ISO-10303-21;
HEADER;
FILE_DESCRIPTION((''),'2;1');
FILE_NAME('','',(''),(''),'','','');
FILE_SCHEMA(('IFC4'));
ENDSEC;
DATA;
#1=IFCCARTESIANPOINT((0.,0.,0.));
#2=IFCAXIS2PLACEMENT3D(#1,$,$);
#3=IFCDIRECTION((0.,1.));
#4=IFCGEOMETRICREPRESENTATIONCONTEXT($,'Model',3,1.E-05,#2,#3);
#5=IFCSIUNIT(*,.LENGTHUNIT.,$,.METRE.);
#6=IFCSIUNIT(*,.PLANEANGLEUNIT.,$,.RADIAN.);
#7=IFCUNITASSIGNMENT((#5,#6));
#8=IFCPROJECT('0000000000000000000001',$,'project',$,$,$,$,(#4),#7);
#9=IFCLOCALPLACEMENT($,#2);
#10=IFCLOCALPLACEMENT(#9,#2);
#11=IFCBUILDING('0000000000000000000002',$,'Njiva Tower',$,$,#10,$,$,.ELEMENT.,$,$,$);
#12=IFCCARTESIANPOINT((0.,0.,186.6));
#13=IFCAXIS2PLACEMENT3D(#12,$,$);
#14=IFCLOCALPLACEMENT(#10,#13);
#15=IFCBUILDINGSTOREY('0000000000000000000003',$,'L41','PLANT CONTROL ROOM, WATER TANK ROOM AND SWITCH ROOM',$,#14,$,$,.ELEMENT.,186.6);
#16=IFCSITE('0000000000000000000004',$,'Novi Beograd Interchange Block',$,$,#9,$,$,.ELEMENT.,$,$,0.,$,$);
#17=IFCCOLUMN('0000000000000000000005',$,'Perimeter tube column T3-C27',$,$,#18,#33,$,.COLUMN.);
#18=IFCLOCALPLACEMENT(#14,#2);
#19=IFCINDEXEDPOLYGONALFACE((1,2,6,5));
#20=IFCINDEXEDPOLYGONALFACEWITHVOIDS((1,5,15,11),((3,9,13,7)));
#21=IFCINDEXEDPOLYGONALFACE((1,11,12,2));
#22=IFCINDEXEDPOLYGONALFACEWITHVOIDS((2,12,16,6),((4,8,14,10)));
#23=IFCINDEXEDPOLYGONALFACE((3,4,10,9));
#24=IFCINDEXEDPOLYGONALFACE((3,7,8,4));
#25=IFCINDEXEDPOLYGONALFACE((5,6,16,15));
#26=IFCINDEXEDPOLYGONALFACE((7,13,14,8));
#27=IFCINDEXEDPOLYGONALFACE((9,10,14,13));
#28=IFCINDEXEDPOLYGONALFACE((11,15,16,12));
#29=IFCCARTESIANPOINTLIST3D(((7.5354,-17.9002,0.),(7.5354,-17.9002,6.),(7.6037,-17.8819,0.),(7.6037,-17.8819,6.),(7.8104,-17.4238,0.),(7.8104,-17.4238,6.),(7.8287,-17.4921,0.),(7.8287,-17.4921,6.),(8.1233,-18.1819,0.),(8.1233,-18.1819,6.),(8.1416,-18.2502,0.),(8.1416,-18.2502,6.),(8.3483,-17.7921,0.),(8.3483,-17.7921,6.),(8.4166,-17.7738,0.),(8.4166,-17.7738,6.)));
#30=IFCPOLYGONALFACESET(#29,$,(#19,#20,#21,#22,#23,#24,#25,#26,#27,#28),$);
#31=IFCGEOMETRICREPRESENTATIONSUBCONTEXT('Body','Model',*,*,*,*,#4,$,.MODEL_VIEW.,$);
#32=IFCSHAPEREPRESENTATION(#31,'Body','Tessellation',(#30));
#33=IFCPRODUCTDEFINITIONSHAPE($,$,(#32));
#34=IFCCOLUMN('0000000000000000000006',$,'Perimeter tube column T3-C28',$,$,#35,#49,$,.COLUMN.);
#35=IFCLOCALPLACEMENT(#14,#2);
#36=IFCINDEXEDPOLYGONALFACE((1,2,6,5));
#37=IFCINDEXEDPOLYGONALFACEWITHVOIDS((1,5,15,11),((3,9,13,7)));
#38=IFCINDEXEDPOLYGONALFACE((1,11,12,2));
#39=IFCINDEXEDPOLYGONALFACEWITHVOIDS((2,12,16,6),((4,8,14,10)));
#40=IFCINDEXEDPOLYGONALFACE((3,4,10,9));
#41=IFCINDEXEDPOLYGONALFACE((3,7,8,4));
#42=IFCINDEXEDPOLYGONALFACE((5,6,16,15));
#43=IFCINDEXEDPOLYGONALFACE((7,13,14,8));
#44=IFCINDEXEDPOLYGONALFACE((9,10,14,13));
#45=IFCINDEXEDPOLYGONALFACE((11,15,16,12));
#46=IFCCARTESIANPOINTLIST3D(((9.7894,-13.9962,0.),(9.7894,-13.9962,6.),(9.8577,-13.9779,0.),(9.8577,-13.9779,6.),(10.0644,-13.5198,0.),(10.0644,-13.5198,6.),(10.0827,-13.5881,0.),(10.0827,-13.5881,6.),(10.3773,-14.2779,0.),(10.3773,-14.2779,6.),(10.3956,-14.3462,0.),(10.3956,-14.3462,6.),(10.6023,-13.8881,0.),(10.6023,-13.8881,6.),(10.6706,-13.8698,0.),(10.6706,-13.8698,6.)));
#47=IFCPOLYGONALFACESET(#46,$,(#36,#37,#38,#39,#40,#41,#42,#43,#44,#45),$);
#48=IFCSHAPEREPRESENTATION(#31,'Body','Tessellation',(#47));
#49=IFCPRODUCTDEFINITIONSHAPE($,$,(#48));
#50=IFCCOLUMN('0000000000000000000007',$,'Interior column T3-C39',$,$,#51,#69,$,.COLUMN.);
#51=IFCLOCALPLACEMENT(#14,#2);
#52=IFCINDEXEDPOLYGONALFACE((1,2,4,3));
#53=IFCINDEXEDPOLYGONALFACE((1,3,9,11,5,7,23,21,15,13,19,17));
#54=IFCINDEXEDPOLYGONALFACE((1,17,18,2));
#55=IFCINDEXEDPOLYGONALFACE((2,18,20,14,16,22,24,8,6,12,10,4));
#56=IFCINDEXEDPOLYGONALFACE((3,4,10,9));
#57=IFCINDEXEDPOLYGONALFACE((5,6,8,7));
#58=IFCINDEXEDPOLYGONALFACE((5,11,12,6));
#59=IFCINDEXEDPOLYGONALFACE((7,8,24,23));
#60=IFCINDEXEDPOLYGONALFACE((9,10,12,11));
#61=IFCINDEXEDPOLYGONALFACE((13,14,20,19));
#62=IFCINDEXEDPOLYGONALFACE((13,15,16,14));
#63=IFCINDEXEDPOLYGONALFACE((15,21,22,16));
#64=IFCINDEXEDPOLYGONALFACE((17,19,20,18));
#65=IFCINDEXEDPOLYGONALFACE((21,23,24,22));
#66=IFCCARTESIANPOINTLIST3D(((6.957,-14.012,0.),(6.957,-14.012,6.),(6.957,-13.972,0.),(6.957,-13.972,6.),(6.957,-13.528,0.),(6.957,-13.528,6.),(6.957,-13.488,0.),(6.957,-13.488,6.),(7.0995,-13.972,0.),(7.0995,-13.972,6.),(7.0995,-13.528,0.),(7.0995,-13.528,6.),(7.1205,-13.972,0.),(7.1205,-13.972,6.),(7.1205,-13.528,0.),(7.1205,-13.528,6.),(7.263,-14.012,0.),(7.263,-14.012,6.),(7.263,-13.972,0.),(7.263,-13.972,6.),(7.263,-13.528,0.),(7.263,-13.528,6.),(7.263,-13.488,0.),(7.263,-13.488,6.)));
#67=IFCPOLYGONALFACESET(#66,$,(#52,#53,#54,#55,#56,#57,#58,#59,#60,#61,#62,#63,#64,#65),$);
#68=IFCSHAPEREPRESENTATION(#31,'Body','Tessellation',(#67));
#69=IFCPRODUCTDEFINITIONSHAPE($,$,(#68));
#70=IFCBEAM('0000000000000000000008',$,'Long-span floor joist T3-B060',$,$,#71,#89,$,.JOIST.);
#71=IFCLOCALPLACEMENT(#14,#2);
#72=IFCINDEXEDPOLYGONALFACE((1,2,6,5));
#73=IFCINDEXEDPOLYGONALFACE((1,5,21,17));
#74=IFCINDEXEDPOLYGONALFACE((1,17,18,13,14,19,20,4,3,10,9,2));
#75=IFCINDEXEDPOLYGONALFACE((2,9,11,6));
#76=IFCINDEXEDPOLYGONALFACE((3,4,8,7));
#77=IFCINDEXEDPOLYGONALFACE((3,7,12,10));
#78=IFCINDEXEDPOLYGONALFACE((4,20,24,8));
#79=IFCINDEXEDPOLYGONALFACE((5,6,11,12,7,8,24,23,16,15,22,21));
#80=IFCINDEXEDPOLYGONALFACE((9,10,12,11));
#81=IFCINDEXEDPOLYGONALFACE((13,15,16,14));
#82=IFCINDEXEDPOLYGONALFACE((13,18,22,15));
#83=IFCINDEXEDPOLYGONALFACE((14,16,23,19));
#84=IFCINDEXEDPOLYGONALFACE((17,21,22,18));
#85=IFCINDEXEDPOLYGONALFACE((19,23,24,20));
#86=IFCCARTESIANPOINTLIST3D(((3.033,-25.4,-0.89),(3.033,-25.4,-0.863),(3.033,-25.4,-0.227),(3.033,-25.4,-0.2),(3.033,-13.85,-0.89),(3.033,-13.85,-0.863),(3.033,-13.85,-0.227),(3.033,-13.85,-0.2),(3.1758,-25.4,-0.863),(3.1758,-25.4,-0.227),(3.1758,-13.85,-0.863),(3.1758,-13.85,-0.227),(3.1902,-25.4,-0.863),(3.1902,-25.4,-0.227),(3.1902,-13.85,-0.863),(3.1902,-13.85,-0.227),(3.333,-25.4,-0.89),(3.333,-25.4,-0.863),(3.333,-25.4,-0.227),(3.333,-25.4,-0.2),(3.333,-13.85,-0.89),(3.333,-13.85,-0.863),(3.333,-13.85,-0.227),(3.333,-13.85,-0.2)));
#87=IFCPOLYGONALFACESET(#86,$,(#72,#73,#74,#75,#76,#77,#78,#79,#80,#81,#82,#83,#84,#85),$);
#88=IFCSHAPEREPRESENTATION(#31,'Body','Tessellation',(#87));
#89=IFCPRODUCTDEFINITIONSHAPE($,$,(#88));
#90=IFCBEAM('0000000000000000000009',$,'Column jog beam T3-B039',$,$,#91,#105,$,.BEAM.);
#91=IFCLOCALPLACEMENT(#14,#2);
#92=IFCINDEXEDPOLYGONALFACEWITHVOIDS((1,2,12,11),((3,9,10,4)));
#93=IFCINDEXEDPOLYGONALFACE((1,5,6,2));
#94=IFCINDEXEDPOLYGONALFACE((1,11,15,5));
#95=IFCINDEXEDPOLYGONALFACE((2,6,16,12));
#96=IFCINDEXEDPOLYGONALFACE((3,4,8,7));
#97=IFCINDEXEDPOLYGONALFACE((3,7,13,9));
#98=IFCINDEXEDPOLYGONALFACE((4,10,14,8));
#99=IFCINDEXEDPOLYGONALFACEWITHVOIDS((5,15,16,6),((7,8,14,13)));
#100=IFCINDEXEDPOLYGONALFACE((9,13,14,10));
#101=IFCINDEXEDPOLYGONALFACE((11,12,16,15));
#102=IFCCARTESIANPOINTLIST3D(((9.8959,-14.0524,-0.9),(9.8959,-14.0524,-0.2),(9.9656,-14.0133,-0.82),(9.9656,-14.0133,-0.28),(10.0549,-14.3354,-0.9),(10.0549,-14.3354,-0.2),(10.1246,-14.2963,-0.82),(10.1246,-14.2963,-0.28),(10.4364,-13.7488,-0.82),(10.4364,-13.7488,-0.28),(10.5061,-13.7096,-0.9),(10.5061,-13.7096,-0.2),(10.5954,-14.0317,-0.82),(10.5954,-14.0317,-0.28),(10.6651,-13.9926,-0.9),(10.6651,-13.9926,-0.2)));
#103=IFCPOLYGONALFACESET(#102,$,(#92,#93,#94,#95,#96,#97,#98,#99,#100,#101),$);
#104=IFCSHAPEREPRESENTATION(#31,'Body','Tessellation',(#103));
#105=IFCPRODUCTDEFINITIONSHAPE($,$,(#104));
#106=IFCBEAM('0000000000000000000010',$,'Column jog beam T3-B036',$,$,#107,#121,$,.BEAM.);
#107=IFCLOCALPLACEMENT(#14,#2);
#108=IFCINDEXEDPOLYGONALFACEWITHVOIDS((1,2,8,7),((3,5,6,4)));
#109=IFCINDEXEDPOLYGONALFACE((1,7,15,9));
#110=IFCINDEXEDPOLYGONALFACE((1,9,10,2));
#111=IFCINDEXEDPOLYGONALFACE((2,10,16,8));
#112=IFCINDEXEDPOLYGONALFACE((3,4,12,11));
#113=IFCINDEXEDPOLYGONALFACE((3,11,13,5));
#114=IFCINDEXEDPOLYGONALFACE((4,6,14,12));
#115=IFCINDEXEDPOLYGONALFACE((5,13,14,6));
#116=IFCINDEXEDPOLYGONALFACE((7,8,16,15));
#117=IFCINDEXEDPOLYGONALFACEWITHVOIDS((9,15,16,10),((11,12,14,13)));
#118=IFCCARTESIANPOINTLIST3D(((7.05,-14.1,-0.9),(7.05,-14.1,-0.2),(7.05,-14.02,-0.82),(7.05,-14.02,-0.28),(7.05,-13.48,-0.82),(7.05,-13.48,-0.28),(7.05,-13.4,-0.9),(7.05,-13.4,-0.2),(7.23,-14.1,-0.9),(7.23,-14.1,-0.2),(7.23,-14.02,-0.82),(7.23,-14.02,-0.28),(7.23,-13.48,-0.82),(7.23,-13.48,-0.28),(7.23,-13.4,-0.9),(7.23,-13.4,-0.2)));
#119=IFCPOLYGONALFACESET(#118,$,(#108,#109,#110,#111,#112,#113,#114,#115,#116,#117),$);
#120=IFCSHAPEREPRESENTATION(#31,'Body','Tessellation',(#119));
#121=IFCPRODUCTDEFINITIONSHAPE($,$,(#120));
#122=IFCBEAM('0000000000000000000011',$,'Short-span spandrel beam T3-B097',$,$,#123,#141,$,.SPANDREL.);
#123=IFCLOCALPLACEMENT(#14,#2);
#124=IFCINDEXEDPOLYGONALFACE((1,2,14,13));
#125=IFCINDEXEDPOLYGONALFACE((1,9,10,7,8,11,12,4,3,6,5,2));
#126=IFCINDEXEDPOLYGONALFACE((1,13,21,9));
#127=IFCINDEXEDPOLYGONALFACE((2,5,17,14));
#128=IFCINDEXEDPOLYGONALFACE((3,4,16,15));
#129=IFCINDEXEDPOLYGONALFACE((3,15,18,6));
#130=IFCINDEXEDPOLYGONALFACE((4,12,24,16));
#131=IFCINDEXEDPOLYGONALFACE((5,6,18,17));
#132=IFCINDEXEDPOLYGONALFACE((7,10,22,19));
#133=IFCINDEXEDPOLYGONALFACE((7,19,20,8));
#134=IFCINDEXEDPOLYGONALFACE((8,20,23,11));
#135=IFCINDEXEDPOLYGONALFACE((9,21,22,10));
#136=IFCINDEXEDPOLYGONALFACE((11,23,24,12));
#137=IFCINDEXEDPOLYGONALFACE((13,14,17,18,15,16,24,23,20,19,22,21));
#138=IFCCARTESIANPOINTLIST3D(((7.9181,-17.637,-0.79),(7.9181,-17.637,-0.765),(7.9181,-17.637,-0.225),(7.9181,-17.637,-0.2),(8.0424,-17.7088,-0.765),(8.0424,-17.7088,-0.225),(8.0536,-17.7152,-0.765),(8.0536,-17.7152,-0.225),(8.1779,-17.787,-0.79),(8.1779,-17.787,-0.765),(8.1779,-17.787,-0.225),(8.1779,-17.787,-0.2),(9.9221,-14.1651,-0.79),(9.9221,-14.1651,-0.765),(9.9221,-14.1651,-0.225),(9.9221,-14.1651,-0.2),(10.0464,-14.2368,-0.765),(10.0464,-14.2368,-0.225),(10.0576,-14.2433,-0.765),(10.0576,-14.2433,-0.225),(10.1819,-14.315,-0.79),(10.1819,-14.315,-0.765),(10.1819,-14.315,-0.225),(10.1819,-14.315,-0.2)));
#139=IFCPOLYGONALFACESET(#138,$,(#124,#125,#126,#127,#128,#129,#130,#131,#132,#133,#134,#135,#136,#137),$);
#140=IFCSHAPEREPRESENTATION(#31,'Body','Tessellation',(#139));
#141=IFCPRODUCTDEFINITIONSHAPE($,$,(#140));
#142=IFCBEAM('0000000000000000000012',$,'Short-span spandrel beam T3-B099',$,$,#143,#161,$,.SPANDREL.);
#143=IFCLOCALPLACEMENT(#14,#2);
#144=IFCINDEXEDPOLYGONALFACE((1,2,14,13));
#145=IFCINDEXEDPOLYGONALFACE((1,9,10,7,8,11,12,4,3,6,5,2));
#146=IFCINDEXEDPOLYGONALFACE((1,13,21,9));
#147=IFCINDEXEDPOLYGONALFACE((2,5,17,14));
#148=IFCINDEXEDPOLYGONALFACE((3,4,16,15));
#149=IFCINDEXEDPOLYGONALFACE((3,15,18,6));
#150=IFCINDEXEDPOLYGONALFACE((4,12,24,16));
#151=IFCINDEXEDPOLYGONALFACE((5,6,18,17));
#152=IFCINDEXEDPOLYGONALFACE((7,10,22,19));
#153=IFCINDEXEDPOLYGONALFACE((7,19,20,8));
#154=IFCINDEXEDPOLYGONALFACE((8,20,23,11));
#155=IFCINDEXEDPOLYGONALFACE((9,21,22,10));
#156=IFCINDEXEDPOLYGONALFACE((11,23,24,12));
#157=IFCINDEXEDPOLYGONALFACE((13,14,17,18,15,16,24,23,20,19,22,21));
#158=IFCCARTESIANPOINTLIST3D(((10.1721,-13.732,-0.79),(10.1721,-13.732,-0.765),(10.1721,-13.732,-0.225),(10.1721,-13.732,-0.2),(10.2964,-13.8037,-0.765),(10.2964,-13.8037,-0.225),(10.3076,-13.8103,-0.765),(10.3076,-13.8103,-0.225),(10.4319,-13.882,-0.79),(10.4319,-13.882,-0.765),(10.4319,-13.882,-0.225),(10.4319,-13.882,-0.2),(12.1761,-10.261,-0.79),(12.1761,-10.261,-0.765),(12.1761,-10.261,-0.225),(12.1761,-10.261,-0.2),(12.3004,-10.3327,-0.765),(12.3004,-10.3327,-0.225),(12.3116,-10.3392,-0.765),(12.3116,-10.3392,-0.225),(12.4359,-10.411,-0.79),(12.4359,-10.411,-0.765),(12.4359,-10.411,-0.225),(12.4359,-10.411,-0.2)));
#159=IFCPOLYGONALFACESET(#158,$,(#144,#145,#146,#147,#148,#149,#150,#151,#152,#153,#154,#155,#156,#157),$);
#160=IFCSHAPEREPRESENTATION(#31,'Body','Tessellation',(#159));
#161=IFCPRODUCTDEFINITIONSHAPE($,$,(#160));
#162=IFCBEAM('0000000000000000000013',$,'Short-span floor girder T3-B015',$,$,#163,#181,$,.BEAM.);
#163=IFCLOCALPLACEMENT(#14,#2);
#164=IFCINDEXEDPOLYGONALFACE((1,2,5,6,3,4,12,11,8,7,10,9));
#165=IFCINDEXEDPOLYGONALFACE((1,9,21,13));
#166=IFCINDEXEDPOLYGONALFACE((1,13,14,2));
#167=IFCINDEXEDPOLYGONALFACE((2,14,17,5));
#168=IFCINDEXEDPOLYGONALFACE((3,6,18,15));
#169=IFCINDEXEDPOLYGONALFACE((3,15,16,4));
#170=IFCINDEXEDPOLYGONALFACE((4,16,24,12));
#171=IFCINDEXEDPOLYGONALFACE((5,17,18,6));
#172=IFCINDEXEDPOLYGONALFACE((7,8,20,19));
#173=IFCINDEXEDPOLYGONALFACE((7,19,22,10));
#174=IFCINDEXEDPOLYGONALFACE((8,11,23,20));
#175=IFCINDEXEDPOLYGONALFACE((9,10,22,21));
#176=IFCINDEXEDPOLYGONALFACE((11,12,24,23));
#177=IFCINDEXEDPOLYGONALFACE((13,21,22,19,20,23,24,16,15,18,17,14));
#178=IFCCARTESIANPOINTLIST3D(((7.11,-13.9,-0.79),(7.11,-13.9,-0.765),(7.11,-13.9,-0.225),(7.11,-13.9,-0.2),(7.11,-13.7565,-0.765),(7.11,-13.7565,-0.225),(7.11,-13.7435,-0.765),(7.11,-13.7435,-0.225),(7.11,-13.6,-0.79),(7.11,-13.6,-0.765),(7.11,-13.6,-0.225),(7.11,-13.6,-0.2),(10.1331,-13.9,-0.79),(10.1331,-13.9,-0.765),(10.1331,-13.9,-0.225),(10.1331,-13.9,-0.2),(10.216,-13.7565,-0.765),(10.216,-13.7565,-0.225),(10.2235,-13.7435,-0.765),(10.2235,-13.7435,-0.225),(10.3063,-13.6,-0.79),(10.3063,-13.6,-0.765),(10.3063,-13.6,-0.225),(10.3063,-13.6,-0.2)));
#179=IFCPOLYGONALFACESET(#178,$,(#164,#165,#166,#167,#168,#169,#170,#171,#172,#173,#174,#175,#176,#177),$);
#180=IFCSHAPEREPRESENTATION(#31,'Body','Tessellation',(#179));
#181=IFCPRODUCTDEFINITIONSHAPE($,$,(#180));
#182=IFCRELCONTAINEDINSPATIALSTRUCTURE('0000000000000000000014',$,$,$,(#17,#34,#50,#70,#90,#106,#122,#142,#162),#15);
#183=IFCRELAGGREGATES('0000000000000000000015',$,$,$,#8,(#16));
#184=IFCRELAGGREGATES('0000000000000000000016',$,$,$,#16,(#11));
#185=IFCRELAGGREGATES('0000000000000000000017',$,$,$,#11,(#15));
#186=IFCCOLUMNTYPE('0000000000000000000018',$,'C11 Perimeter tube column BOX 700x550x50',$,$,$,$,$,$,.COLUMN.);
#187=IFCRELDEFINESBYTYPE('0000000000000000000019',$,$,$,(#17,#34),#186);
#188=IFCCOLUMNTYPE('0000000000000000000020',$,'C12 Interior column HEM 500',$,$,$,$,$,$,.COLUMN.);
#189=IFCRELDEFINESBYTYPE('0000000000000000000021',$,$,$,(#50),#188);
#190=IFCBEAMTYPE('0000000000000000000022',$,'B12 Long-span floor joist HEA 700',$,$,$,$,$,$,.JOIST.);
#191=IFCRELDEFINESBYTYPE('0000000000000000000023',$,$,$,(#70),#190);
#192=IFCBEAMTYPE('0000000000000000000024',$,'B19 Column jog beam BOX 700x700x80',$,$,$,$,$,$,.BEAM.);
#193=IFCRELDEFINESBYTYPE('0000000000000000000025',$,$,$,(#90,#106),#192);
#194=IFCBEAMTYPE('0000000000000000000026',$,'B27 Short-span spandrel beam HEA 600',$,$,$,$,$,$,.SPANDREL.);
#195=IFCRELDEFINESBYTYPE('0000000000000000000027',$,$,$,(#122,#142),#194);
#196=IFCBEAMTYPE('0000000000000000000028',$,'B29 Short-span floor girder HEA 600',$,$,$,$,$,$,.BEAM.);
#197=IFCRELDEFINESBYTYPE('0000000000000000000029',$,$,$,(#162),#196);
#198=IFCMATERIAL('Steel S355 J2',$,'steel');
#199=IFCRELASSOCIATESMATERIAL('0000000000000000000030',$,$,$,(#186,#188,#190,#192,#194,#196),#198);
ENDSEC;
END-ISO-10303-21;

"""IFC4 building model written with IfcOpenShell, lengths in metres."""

from ifc_helpers import new_model, si_unit, direction, frame, origin, origin_2d, place, context, subcontext, project, spatial, hollow_rectangle, i_section, extrude, clip, halfspace, material, material_profile, profile_set, type_object, element, save


model = new_model("IFC4")

# Units and contexts
model_context = context("Model", 3, precision=1e-05, world=origin(), true_north=direction((0.0, 1.0)))
body_context = subcontext(model_context, "Body", "Model", "MODEL_VIEW")
ifc_project = project(units=[si_unit("LENGTHUNIT", "METRE"), si_unit("PLANEANGLEUNIT", "RADIAN")], contexts=[model_context])

# Site, building, storey
site_placement = place(None, origin())
site = spatial("IfcSite", under=ifc_project, at=site_placement, Name="Novi Beograd Interchange Block", CompositionType="ELEMENT", RefElevation=0.0)
building_placement = place(site_placement, origin())
building = spatial("IfcBuilding", under=site, at=building_placement, Name="Njiva Tower", CompositionType="ELEMENT")
storey_placement = place(building_placement, frame((0.0, 0.0, 186.6)))
storey = spatial("IfcBuildingStorey", under=building, at=storey_placement, Name="L41", Description="PLANT CONTROL ROOM, WATER TANK ROOM AND SWITCH ROOM", CompositionType="ELEMENT", Elevation=186.6)

# Columns
ifc_material_1 = material(Name="Steel S355 J2", Category="steel")
ifc_material_profile_1 = material_profile(ifc_material_1, hollow_rectangle(XDim=0.55, YDim=0.7, WallThickness=0.05, at=origin_2d()), Name="BOX 700x550x50")
ifc_profile_set_1 = profile_set([ifc_material_profile_1], Name="Steel S355 J2")
column_type_1 = type_object("IfcColumnType", Name="C11 Perimeter tube column BOX 700x550x50", PredefinedType="COLUMN", material=ifc_profile_set_1)
for number, where, z_axis, x_axis, name in (
    (1, (7.976, -17.837, 0.0), (0.0, 0.0, 1.0), (0.5, 0.866025, 0.0), "Perimeter tube column T3-C27"),
    (2, (10.23, -13.933, 0.0), (0.0, 0.0, 1.0), (0.5, 0.866025, 0.0), "Perimeter tube column T3-C28"),
):
    element("IfcColumn", number, at=place(storey_placement, frame(where, z_axis=z_axis, x_axis=x_axis)), inside=storey, type_object=column_type_1, Name=name, PredefinedType="COLUMN", context=body_context, shape_type="SweptSolid", body=[
        extrude(hollow_rectangle(XDim=0.55, YDim=0.7, WallThickness=0.05, at=origin_2d()), origin(), (0.0, 0.0, 1.0), 6.0),
    ])
ifc_material_profile_2 = material_profile(ifc_material_1, i_section(OverallWidth=0.306, OverallDepth=0.524, WebThickness=0.021, FlangeThickness=0.04, at=origin_2d()), Name="HEM 500")
ifc_profile_set_2 = profile_set([ifc_material_profile_2], Name="Steel S355 J2")
column_type_2 = type_object("IfcColumnType", Name="C12 Interior column HEM 500", PredefinedType="COLUMN", material=ifc_profile_set_2)
column_placement = place(storey_placement, frame((7.11, -13.75, 0.0), z_axis=(0.0, 0.0, 1.0), x_axis=(1.0, 0.0, 0.0)))
element("IfcColumn", 3, at=column_placement, inside=storey, type_object=column_type_2, Name="Interior column T3-C39", PredefinedType="COLUMN", context=body_context, shape_type="SweptSolid", body=[
    extrude(i_section(OverallWidth=0.306, OverallDepth=0.524, WebThickness=0.021, FlangeThickness=0.04, at=origin_2d()), origin(), (0.0, 0.0, 1.0), 6.0),
])

# Beams
ifc_material_profile_3 = material_profile(ifc_material_1, i_section(OverallWidth=0.3, OverallDepth=0.69, WebThickness=0.0145, FlangeThickness=0.027, at=origin_2d()), Name="HEA 700")
ifc_profile_set_3 = profile_set([ifc_material_profile_3], Name="Steel S355 J2")
beam_type_1 = type_object("IfcBeamType", Name="B12 Long-span floor joist HEA 700", PredefinedType="JOIST", material=ifc_profile_set_3)
beam_1_placement = place(storey_placement, frame((3.183, -13.85, -0.545), z_axis=(0.0, -1.0, 0.0), x_axis=(1.0, 0.0, 0.0)))
element("IfcBeam", 4, at=beam_1_placement, inside=storey, type_object=beam_type_1, Name="Long-span floor joist T3-B060", PredefinedType="JOIST", context=body_context, shape_type="SweptSolid", body=[
    extrude(i_section(OverallWidth=0.3, OverallDepth=0.69, WebThickness=0.0145, FlangeThickness=0.027, at=origin_2d()), origin(), (0.0, 0.0, 1.0), 11.55),
])
ifc_material_profile_4 = material_profile(ifc_material_1, hollow_rectangle(XDim=0.7, YDim=0.7, WallThickness=0.08, at=origin_2d()), Name="BOX 700x700x80")
ifc_profile_set_4 = profile_set([ifc_material_profile_4], Name="Steel S355 J2")
beam_type_2 = type_object("IfcBeamType", Name="B19 Column jog beam BOX 700x700x80", PredefinedType="BEAM", material=ifc_profile_set_4)
beam_2_placement = place(storey_placement, frame((10.36, -14.164, -0.55), z_axis=(-0.489822, 0.871822, 0.0), x_axis=(-0.871822, -0.489822, 0.0)))
element("IfcBeam", 5, at=beam_2_placement, inside=storey, type_object=beam_type_2, Name="Column jog beam T3-B039", PredefinedType="BEAM", context=body_context, shape_type="SweptSolid", body=[
    extrude(hollow_rectangle(XDim=0.7, YDim=0.7, WallThickness=0.08, at=origin_2d()), origin(), (0.0, 0.0, 1.0), 0.3246),
])
beam_3_placement = place(storey_placement, frame((7.23, -13.75, -0.55), z_axis=(-1.0, 0.0, 0.0), x_axis=(0.0, -1.0, 0.0)))
element("IfcBeam", 6, at=beam_3_placement, inside=storey, type_object=beam_type_2, Name="Column jog beam T3-B036", PredefinedType="BEAM", context=body_context, shape_type="SweptSolid", body=[
    extrude(hollow_rectangle(XDim=0.7, YDim=0.7, WallThickness=0.08, at=origin_2d()), origin(), (0.0, 0.0, 1.0), 0.18),
])
ifc_material_profile_5 = material_profile(ifc_material_1, i_section(OverallWidth=0.3, OverallDepth=0.59, WebThickness=0.013, FlangeThickness=0.025, at=origin_2d()), Name="HEA 600")
ifc_profile_set_5 = profile_set([ifc_material_profile_5], Name="Steel S355 J2")
beam_type_3 = type_object("IfcBeamType", Name="B27 Short-span spandrel beam HEA 600", PredefinedType="SPANDREL", material=ifc_profile_set_5)
beam_4_placement = place(storey_placement, frame((8.048, -17.712, -0.495), z_axis=(0.499895, 0.866086, 0.0), x_axis=(-0.866086, 0.499895, 0.0)))
element("IfcBeam", 7, at=beam_4_placement, inside=storey, type_object=beam_type_3, Name="Short-span spandrel beam T3-B097", PredefinedType="SPANDREL", context=body_context, shape_type="SweptSolid", body=[
    extrude(i_section(OverallWidth=0.3, OverallDepth=0.59, WebThickness=0.013, FlangeThickness=0.025, at=origin_2d()), origin(), (0.0, 0.0, 1.0), 4.0088),
])
beam_5_placement = place(storey_placement, frame((10.302, -13.807, -0.495), z_axis=(0.500003, 0.866024, 0.0), x_axis=(-0.866024, 0.500003, 0.0)))
element("IfcBeam", 8, at=beam_5_placement, inside=storey, type_object=beam_type_3, Name="Short-span spandrel beam T3-B099", PredefinedType="SPANDREL", context=body_context, shape_type="SweptSolid", body=[
    extrude(i_section(OverallWidth=0.3, OverallDepth=0.59, WebThickness=0.013, FlangeThickness=0.025, at=origin_2d()), origin(), (0.0, 0.0, 1.0), 4.008),
])
ifc_material_profile_6 = material_profile(ifc_material_1, i_section(OverallWidth=0.3, OverallDepth=0.59, WebThickness=0.013, FlangeThickness=0.025, at=origin_2d()), Name="HEA 600")
ifc_profile_set_6 = profile_set([ifc_material_profile_6], Name="Steel S355 J2")
beam_type_4 = type_object("IfcBeamType", Name="B29 Short-span floor girder HEA 600", PredefinedType="BEAM", material=ifc_profile_set_6)
beam_6_placement = place(storey_placement, frame((7.11, -13.75, -0.495), z_axis=(1.0, 0.0, 0.0), x_axis=(0.0, 1.0, 0.0)))
element("IfcBeam", 9, at=beam_6_placement, inside=storey, type_object=beam_type_4, Name="Short-span floor girder T3-B015", PredefinedType="BEAM", context=body_context, shape_type="Clipping", body=[
    clip(extrude(i_section(OverallWidth=0.3, OverallDepth=0.59, WebThickness=0.013, FlangeThickness=0.025, at=origin_2d()), origin(), (0.0, 0.0, 1.0), 3.217), halfspace(frame((-0.025, 0.0, 3.0953), z_axis=(-0.499998, 0.0, 0.866027), x_axis=(0.0, 1.0, 0.0)), False)),
])

save(model, "model.ifc")
